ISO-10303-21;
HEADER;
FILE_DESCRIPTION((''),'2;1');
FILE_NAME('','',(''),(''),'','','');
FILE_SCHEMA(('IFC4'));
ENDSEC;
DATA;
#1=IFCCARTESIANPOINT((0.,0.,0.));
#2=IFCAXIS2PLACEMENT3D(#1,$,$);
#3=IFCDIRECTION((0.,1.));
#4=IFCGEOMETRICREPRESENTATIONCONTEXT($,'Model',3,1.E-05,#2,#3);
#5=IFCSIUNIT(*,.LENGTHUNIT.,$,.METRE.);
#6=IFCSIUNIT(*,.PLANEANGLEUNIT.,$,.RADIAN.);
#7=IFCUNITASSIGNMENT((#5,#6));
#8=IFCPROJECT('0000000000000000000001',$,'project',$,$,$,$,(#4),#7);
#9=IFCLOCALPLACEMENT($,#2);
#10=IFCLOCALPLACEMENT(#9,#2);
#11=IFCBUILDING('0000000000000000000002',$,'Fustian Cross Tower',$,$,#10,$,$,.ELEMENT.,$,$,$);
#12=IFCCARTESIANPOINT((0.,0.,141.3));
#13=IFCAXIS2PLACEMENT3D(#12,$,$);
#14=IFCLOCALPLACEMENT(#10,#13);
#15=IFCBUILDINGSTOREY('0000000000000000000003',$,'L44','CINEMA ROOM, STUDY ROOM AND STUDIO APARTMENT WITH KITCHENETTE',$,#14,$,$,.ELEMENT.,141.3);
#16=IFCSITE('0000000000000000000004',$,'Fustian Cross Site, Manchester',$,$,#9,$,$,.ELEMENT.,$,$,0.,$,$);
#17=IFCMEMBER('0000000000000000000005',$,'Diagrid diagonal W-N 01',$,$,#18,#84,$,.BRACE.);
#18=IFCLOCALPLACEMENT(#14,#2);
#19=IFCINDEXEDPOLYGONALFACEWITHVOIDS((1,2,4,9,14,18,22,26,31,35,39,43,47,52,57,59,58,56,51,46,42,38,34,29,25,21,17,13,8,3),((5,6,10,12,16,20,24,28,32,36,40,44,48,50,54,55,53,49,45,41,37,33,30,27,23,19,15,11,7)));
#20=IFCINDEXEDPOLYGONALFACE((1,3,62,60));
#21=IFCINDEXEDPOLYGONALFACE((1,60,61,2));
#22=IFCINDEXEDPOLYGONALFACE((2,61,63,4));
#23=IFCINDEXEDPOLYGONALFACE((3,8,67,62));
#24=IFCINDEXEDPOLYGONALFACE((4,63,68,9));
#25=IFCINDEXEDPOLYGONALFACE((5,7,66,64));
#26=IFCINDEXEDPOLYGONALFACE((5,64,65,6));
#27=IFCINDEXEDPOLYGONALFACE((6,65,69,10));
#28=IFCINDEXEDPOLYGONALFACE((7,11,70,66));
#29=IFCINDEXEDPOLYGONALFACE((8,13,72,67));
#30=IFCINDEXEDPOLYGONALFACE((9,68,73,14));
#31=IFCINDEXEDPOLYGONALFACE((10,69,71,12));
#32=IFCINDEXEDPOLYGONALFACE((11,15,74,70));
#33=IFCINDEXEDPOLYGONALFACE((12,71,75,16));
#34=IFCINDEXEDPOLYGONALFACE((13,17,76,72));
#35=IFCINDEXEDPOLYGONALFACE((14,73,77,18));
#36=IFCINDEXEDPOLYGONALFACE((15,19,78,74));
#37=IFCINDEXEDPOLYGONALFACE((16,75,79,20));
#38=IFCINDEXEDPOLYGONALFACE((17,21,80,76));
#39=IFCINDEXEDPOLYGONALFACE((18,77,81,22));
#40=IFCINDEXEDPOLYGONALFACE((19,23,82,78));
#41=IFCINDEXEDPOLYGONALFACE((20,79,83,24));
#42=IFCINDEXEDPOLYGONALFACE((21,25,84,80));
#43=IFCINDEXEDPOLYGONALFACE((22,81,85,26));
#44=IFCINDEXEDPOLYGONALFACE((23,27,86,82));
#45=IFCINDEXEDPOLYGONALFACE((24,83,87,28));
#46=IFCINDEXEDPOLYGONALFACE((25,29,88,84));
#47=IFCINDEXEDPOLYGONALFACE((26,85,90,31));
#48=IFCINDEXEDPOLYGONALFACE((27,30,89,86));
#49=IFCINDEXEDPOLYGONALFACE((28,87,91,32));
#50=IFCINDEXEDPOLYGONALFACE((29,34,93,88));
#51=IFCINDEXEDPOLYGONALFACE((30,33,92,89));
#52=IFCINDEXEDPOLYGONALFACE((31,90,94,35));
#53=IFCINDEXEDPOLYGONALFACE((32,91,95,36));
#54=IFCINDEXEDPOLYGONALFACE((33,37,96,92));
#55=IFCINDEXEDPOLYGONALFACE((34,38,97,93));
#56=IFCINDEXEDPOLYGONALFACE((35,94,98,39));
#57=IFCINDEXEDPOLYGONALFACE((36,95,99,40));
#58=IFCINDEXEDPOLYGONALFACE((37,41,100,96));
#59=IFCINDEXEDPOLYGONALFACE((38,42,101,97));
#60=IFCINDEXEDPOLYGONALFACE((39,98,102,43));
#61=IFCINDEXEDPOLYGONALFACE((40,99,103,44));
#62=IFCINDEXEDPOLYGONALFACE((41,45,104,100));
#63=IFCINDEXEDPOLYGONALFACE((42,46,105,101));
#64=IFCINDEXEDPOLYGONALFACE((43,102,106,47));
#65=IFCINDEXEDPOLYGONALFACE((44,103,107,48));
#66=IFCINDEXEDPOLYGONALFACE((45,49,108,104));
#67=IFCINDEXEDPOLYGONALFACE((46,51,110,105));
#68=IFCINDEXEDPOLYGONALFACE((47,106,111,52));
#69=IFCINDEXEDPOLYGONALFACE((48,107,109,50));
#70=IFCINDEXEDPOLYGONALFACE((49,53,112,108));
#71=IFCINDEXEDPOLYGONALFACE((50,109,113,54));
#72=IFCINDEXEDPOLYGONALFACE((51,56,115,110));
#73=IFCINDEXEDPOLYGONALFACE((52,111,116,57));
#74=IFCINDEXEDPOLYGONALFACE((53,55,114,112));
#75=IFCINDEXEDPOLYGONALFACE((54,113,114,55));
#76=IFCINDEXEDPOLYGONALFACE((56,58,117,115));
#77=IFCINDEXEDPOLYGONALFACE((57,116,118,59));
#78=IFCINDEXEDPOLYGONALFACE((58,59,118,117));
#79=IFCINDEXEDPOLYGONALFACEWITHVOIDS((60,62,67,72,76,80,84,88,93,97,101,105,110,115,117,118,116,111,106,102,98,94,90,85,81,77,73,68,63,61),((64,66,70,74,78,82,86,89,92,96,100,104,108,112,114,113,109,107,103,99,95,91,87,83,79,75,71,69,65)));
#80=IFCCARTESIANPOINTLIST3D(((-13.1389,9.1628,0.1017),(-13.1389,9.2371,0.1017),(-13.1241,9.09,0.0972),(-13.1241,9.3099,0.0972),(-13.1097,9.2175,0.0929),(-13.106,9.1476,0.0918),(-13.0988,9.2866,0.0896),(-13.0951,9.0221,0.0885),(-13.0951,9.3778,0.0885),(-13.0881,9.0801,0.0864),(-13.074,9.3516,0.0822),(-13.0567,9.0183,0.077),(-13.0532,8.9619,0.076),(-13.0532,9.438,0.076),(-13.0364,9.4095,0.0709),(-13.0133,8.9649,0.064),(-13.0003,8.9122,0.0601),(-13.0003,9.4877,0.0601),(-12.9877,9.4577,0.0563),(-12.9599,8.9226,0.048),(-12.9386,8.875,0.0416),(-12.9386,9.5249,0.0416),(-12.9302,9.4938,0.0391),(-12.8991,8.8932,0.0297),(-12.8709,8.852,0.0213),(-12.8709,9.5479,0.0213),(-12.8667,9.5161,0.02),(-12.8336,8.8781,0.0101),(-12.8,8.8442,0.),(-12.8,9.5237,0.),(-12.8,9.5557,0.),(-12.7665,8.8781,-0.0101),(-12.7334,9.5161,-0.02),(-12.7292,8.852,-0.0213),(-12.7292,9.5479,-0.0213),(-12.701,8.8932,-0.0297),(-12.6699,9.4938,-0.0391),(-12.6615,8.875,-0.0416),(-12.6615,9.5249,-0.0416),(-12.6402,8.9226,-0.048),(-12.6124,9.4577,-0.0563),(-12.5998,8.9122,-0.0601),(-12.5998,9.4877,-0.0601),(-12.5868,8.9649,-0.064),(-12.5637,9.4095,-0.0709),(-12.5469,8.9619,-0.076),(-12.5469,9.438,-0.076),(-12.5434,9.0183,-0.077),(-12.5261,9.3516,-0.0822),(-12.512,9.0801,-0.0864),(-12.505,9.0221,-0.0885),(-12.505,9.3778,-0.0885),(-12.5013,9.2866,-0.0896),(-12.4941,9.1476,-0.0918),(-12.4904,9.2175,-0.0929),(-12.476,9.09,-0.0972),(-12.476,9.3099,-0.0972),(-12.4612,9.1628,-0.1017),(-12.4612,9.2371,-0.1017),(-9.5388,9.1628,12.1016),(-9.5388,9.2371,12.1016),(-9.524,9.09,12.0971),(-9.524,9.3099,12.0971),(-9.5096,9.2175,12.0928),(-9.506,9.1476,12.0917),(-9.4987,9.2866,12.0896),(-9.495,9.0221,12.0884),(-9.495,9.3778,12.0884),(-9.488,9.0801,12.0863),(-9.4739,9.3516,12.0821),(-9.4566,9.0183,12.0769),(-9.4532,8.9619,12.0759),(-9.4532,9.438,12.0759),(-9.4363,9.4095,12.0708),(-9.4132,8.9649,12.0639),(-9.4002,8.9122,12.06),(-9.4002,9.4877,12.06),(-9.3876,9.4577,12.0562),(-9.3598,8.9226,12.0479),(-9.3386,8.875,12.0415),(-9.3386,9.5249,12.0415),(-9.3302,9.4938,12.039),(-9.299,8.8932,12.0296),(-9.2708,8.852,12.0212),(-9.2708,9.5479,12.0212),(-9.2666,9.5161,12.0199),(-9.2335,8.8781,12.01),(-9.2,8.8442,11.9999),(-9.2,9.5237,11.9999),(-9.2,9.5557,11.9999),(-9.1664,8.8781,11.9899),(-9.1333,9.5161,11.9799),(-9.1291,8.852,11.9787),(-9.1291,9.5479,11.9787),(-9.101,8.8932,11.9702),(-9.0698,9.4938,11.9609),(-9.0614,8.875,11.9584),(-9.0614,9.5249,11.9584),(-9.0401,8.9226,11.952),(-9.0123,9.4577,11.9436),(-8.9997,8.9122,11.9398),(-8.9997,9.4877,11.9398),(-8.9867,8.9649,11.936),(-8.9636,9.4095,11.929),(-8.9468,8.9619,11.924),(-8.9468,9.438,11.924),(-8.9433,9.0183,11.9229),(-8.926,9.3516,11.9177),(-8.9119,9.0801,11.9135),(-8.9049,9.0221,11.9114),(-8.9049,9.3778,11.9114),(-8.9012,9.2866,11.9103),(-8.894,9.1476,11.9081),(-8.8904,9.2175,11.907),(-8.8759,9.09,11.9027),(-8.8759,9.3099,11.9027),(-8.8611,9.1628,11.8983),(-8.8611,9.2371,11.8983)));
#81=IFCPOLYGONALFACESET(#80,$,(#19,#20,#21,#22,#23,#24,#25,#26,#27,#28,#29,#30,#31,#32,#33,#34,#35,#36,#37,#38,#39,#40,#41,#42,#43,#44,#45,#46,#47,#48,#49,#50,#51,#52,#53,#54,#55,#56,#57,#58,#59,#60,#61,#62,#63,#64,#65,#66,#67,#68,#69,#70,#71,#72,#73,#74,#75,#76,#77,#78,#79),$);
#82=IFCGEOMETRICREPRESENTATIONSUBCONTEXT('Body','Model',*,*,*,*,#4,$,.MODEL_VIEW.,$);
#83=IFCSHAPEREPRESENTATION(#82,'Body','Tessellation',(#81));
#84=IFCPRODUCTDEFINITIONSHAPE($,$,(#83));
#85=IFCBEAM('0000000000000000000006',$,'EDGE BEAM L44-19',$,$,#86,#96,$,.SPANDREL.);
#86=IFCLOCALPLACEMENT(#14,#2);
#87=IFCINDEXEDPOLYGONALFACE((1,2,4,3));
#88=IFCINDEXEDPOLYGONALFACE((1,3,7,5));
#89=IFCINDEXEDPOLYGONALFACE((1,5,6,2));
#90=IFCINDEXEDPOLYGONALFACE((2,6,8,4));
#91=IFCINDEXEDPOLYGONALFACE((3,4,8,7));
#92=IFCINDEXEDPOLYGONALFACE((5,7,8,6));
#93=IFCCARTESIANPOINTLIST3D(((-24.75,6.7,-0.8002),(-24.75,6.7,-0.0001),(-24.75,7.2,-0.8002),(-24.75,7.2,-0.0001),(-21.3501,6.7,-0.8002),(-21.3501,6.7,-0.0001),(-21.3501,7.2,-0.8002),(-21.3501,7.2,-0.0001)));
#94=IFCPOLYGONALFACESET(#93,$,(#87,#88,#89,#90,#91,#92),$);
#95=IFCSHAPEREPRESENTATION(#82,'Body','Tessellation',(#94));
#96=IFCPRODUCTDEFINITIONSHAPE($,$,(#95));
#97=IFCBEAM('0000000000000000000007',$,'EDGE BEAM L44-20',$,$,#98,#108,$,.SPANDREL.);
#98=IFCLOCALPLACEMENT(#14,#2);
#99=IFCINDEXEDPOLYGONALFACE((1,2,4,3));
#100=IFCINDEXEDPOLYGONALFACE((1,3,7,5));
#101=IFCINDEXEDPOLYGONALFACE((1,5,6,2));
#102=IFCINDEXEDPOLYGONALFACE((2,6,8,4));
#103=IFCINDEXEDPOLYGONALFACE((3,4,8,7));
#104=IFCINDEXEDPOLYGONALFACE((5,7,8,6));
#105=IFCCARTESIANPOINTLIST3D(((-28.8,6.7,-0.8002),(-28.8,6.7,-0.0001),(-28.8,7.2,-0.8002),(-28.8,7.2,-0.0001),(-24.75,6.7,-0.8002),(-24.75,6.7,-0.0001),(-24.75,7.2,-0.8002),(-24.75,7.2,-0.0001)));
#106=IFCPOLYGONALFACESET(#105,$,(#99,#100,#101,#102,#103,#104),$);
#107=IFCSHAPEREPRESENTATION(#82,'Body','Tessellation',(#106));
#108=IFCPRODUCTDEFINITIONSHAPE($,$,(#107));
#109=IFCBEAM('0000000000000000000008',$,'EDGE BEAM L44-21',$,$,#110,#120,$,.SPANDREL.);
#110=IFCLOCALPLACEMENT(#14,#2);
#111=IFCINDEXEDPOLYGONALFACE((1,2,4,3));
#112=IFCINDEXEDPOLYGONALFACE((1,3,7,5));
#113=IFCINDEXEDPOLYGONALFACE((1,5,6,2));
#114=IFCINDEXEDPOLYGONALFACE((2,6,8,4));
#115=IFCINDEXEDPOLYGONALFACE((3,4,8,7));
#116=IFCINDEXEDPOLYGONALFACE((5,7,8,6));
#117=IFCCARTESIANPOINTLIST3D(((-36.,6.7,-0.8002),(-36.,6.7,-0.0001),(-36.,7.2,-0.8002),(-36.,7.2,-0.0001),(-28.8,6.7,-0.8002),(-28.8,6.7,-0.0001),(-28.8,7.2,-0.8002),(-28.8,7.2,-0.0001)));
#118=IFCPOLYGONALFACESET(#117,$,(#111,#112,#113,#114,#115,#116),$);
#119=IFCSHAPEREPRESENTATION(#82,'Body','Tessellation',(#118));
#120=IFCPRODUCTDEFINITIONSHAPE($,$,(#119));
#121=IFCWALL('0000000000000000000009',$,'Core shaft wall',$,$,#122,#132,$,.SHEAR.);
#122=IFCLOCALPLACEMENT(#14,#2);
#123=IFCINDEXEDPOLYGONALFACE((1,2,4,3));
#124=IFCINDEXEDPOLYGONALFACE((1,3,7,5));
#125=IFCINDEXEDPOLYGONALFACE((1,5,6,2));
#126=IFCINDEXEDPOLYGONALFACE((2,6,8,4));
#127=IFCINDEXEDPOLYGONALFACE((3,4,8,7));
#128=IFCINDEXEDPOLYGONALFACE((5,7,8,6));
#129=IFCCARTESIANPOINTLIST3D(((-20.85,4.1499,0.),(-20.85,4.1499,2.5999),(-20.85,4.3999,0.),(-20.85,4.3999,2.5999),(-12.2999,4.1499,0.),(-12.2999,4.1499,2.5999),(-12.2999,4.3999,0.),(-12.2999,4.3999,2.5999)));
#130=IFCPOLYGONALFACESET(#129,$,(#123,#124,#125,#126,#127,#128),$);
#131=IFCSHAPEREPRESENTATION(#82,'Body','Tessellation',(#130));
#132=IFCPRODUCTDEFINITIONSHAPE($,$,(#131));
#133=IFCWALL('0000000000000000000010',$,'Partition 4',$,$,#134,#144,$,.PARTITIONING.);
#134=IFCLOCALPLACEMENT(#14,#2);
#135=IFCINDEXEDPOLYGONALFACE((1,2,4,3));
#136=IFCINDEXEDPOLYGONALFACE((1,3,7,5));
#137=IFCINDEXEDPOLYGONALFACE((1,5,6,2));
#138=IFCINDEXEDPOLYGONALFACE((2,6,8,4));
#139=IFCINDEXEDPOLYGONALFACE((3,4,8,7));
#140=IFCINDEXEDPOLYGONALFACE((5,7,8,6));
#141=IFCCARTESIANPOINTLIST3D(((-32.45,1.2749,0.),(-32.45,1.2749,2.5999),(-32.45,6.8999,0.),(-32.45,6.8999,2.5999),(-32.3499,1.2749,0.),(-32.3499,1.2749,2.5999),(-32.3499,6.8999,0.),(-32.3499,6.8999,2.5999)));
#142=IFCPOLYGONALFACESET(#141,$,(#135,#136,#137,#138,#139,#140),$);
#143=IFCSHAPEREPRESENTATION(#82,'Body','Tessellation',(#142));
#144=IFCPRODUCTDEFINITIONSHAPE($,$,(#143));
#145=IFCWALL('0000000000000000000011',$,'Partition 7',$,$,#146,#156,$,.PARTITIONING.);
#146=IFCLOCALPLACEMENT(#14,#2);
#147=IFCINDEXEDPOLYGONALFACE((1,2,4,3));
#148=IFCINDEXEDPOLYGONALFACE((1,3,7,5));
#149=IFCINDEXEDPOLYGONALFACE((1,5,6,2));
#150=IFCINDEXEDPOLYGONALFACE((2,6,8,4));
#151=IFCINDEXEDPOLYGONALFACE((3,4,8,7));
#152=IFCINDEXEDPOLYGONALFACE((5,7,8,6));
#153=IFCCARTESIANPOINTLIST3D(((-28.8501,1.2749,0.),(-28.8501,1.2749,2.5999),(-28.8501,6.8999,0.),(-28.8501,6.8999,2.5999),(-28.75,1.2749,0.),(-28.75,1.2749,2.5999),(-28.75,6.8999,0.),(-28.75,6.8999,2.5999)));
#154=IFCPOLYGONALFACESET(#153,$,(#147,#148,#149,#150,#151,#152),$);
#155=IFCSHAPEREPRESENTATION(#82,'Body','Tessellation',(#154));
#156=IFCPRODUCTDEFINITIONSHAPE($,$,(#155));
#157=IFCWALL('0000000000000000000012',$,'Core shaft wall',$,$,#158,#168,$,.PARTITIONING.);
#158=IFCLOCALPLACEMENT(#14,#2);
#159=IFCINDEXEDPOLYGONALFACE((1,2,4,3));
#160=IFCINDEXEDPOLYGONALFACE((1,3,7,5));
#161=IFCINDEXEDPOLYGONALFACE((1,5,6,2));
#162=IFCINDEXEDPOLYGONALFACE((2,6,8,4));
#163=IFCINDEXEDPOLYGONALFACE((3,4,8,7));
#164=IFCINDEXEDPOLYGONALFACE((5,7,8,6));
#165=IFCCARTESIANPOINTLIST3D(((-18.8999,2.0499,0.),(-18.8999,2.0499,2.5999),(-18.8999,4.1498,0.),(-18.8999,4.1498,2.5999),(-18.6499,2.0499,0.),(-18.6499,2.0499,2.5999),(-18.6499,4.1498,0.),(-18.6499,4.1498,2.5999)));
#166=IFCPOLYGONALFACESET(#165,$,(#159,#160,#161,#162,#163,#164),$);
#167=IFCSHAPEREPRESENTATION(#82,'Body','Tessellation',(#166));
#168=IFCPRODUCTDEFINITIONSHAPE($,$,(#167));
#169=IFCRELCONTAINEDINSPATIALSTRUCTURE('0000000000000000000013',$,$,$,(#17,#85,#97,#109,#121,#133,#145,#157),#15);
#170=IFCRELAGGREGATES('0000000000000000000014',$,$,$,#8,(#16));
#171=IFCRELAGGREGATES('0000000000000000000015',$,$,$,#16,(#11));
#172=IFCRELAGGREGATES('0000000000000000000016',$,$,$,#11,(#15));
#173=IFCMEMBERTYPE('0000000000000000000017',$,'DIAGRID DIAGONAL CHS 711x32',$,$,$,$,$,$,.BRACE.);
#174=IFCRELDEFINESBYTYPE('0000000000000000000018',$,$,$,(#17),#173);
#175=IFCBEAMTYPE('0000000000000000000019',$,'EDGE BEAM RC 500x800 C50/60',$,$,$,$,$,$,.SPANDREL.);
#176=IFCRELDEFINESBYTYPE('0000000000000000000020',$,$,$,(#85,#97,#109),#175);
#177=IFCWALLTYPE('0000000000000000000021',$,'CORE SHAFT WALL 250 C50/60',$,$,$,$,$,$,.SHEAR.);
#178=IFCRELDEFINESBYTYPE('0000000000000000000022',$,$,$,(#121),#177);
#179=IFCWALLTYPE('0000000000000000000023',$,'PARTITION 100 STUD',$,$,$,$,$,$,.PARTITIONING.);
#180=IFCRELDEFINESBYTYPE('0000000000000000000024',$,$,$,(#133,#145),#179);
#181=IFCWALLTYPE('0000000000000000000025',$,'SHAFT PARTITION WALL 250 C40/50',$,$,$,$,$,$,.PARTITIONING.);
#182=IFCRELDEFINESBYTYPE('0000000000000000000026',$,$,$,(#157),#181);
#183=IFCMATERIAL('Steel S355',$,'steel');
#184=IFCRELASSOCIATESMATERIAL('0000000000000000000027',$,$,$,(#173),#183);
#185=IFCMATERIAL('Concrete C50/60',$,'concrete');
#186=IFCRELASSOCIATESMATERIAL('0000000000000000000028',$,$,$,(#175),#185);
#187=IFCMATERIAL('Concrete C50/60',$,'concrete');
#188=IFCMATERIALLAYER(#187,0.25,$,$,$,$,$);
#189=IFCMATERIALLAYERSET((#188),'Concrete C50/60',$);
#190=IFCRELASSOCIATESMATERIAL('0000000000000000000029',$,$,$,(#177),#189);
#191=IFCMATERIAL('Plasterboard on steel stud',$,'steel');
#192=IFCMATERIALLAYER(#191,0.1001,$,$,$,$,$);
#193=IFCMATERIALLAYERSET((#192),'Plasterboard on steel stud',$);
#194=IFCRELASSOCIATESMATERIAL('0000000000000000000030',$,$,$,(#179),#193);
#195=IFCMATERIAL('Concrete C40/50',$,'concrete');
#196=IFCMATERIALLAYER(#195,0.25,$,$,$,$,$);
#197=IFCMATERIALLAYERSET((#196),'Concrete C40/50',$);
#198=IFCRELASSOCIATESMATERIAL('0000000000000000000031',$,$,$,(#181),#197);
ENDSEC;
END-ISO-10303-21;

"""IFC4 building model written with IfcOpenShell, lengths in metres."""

from ifc_helpers import new_model, si_unit, direction, frame, frame_2d, origin, origin_2d, place, context, subcontext, project, spatial, rectangle, hollow_circle, extrude, material, layer, layer_set, material_profile, profile_set, type_object, element, save


model = new_model("IFC4")

# Units and contexts
model_context = context("Model", 3, precision=1e-05, world=origin(), true_north=direction((0.0, 1.0)))
body_context = subcontext(model_context, "Body", "Model", "MODEL_VIEW")
ifc_project = project(units=[si_unit("LENGTHUNIT", "METRE"), si_unit("PLANEANGLEUNIT", "RADIAN")], contexts=[model_context])

# Site, building, storey
site_placement = place(None, origin())
site = spatial("IfcSite", under=ifc_project, at=site_placement, Name="Fustian Cross Site, Manchester", CompositionType="ELEMENT", RefElevation=0.0)
building_placement = place(site_placement, origin())
building = spatial("IfcBuilding", under=site, at=building_placement, Name="Fustian Cross Tower", CompositionType="ELEMENT")
storey_placement = place(building_placement, frame((0.0, 0.0, 141.3)))
storey = spatial("IfcBuildingStorey", under=building, at=storey_placement, Name="L44", Description="CINEMA ROOM, STUDY ROOM AND STUDIO APARTMENT WITH KITCHENETTE", CompositionType="ELEMENT", Elevation=141.3)

# Member
ifc_material_1 = material(Name="Steel S355", Category="steel")
ifc_material_profile_1 = material_profile(ifc_material_1, hollow_circle(Radius=0.3557, WallThickness=0.032, at=origin_2d()), Name="CHS 711x32")
ifc_profile_set_1 = profile_set([ifc_material_profile_1], Name="Steel S355")
member_type_1 = type_object("IfcMemberType", Name="DIAGRID DIAGONAL CHS 711x32", PredefinedType="BRACE", material=ifc_profile_set_1)
member_placement = place(storey_placement, frame((-12.8, 9.2, 0.0), z_axis=(0.287355, 0.0, 0.957824), x_axis=(0.0, 1.0, 0.0)))
element("IfcMember", 1, at=member_placement, inside=storey, type_object=member_type_1, Name="Diagrid diagonal W-N 01", PredefinedType="BRACE", context=body_context, shape_type="SweptSolid", body=[
    extrude(hollow_circle(Radius=0.3557, WallThickness=0.032, at=origin_2d()), origin(), (0.0, 0.0, 1.0), 12.5283),
])

# Beams
ifc_material_2 = material(Name="Concrete C50/60", Category="concrete")
ifc_material_profile_2 = material_profile(ifc_material_2, rectangle(XDim=0.5, YDim=0.8, at=origin_2d()), Name="RC 500x800")
ifc_profile_set_2 = profile_set([ifc_material_profile_2], Name="Concrete C50/60")
beam_type = type_object("IfcBeamType", Name="EDGE BEAM RC 500x800 C50/60", PredefinedType="SPANDREL", material=ifc_profile_set_2)
beam_1_placement = place(storey_placement, frame((-21.3501, 6.95, -0.4001), z_axis=(-1.0, 0.0, 0.0), x_axis=(0.0, -1.0, 0.0)))
element("IfcBeam", 2, at=beam_1_placement, inside=storey, type_object=beam_type, Name="EDGE BEAM L44-19", PredefinedType="SPANDREL", context=body_context, shape_type="SweptSolid", body=[
    extrude(rectangle(XDim=0.5, YDim=0.8, at=origin_2d()), origin(), (0.0, 0.0, 1.0), 3.3999),
])
beam_2_placement = place(storey_placement, frame((-24.75, 6.95, -0.4001), z_axis=(-1.0, 0.0, 0.0), x_axis=(0.0, -1.0, 0.0)))
element("IfcBeam", 3, at=beam_2_placement, inside=storey, type_object=beam_type, Name="EDGE BEAM L44-20", PredefinedType="SPANDREL", context=body_context, shape_type="SweptSolid", body=[
    extrude(rectangle(XDim=0.5, YDim=0.8, at=origin_2d()), origin(), (0.0, 0.0, 1.0), 4.05),
])
beam_3_placement = place(storey_placement, frame((-28.8, 6.95, -0.4001), z_axis=(-1.0, 0.0, 0.0), x_axis=(0.0, -1.0, 0.0)))
element("IfcBeam", 4, at=beam_3_placement, inside=storey, type_object=beam_type, Name="EDGE BEAM L44-21", PredefinedType="SPANDREL", context=body_context, shape_type="SweptSolid", body=[
    extrude(rectangle(XDim=0.5, YDim=0.8, at=origin_2d()), origin(), (0.0, 0.0, 1.0), 7.2),
])

# Walls
ifc_material_3 = material(Name="Concrete C50/60", Category="concrete")
ifc_layer_1 = layer(ifc_material_3, 0.25)
ifc_layer_set_1 = layer_set([ifc_layer_1], Name="Concrete C50/60")
wall_type_1 = type_object("IfcWallType", Name="CORE SHAFT WALL 250 C50/60", PredefinedType="SHEAR", material=ifc_layer_set_1)
wall_1_placement = place(storey_placement, frame((-12.3, 4.2749, 0.0), z_axis=(0.0, 0.0, 1.0), x_axis=(-1.0, 0.0, 0.0)))
element("IfcWall", 5, at=wall_1_placement, inside=storey, type_object=wall_type_1, Name="Core shaft wall", PredefinedType="SHEAR", context=body_context, shape_type="SweptSolid", body=[
    extrude(rectangle(XDim=8.55, YDim=0.25, at=frame_2d((4.2749, 0.0))), origin(), (0.0, 0.0, 1.0), 2.5999),
])
ifc_material_4 = material(Name="Plasterboard on steel stud", Category="steel")
ifc_layer_2 = layer(ifc_material_4, 0.1001)
ifc_layer_set_2 = layer_set([ifc_layer_2], Name="Plasterboard on steel stud")
wall_type_2 = type_object("IfcWallType", Name="PARTITION 100 STUD", PredefinedType="PARTITIONING", material=ifc_layer_set_2)
for number, where, z_axis, x_axis, name in (
    (6, (-32.3999, 1.2749, 0.0), (0.0, 0.0, 1.0), (0.0, 1.0, 0.0), "Partition 4"),
    (7, (-28.8, 1.2749, 0.0), (0.0, 0.0, 1.0), (0.0, 1.0, 0.0), "Partition 7"),
):
    element("IfcWall", number, at=place(storey_placement, frame(where, z_axis=z_axis, x_axis=x_axis)), inside=storey, type_object=wall_type_2, Name=name, PredefinedType="PARTITIONING", context=body_context, shape_type="SweptSolid", body=[
        extrude(rectangle(XDim=5.625, YDim=0.1001, at=frame_2d((2.8125, 0.0))), origin(), (0.0, 0.0, 1.0), 2.5999),
    ])
ifc_material_5 = material(Name="Concrete C40/50", Category="concrete")
ifc_layer_3 = layer(ifc_material_5, 0.25)
ifc_layer_set_3 = layer_set([ifc_layer_3], Name="Concrete C40/50")
wall_type_3 = type_object("IfcWallType", Name="SHAFT PARTITION WALL 250 C40/50", PredefinedType="PARTITIONING", material=ifc_layer_set_3)
wall_2_placement = place(storey_placement, frame((-18.7749, 2.05, 0.0), z_axis=(0.0, 0.0, 1.0), x_axis=(0.0, 1.0, 0.0)))
element("IfcWall", 8, at=wall_2_placement, inside=storey, type_object=wall_type_3, Name="Core shaft wall", PredefinedType="PARTITIONING", context=body_context, shape_type="SweptSolid", body=[
    extrude(rectangle(XDim=2.0999, YDim=0.25, at=frame_2d((1.0498, 0.0))), origin(), (0.0, 0.0, 1.0), 2.5999),
])

save(model, "model.ifc")
